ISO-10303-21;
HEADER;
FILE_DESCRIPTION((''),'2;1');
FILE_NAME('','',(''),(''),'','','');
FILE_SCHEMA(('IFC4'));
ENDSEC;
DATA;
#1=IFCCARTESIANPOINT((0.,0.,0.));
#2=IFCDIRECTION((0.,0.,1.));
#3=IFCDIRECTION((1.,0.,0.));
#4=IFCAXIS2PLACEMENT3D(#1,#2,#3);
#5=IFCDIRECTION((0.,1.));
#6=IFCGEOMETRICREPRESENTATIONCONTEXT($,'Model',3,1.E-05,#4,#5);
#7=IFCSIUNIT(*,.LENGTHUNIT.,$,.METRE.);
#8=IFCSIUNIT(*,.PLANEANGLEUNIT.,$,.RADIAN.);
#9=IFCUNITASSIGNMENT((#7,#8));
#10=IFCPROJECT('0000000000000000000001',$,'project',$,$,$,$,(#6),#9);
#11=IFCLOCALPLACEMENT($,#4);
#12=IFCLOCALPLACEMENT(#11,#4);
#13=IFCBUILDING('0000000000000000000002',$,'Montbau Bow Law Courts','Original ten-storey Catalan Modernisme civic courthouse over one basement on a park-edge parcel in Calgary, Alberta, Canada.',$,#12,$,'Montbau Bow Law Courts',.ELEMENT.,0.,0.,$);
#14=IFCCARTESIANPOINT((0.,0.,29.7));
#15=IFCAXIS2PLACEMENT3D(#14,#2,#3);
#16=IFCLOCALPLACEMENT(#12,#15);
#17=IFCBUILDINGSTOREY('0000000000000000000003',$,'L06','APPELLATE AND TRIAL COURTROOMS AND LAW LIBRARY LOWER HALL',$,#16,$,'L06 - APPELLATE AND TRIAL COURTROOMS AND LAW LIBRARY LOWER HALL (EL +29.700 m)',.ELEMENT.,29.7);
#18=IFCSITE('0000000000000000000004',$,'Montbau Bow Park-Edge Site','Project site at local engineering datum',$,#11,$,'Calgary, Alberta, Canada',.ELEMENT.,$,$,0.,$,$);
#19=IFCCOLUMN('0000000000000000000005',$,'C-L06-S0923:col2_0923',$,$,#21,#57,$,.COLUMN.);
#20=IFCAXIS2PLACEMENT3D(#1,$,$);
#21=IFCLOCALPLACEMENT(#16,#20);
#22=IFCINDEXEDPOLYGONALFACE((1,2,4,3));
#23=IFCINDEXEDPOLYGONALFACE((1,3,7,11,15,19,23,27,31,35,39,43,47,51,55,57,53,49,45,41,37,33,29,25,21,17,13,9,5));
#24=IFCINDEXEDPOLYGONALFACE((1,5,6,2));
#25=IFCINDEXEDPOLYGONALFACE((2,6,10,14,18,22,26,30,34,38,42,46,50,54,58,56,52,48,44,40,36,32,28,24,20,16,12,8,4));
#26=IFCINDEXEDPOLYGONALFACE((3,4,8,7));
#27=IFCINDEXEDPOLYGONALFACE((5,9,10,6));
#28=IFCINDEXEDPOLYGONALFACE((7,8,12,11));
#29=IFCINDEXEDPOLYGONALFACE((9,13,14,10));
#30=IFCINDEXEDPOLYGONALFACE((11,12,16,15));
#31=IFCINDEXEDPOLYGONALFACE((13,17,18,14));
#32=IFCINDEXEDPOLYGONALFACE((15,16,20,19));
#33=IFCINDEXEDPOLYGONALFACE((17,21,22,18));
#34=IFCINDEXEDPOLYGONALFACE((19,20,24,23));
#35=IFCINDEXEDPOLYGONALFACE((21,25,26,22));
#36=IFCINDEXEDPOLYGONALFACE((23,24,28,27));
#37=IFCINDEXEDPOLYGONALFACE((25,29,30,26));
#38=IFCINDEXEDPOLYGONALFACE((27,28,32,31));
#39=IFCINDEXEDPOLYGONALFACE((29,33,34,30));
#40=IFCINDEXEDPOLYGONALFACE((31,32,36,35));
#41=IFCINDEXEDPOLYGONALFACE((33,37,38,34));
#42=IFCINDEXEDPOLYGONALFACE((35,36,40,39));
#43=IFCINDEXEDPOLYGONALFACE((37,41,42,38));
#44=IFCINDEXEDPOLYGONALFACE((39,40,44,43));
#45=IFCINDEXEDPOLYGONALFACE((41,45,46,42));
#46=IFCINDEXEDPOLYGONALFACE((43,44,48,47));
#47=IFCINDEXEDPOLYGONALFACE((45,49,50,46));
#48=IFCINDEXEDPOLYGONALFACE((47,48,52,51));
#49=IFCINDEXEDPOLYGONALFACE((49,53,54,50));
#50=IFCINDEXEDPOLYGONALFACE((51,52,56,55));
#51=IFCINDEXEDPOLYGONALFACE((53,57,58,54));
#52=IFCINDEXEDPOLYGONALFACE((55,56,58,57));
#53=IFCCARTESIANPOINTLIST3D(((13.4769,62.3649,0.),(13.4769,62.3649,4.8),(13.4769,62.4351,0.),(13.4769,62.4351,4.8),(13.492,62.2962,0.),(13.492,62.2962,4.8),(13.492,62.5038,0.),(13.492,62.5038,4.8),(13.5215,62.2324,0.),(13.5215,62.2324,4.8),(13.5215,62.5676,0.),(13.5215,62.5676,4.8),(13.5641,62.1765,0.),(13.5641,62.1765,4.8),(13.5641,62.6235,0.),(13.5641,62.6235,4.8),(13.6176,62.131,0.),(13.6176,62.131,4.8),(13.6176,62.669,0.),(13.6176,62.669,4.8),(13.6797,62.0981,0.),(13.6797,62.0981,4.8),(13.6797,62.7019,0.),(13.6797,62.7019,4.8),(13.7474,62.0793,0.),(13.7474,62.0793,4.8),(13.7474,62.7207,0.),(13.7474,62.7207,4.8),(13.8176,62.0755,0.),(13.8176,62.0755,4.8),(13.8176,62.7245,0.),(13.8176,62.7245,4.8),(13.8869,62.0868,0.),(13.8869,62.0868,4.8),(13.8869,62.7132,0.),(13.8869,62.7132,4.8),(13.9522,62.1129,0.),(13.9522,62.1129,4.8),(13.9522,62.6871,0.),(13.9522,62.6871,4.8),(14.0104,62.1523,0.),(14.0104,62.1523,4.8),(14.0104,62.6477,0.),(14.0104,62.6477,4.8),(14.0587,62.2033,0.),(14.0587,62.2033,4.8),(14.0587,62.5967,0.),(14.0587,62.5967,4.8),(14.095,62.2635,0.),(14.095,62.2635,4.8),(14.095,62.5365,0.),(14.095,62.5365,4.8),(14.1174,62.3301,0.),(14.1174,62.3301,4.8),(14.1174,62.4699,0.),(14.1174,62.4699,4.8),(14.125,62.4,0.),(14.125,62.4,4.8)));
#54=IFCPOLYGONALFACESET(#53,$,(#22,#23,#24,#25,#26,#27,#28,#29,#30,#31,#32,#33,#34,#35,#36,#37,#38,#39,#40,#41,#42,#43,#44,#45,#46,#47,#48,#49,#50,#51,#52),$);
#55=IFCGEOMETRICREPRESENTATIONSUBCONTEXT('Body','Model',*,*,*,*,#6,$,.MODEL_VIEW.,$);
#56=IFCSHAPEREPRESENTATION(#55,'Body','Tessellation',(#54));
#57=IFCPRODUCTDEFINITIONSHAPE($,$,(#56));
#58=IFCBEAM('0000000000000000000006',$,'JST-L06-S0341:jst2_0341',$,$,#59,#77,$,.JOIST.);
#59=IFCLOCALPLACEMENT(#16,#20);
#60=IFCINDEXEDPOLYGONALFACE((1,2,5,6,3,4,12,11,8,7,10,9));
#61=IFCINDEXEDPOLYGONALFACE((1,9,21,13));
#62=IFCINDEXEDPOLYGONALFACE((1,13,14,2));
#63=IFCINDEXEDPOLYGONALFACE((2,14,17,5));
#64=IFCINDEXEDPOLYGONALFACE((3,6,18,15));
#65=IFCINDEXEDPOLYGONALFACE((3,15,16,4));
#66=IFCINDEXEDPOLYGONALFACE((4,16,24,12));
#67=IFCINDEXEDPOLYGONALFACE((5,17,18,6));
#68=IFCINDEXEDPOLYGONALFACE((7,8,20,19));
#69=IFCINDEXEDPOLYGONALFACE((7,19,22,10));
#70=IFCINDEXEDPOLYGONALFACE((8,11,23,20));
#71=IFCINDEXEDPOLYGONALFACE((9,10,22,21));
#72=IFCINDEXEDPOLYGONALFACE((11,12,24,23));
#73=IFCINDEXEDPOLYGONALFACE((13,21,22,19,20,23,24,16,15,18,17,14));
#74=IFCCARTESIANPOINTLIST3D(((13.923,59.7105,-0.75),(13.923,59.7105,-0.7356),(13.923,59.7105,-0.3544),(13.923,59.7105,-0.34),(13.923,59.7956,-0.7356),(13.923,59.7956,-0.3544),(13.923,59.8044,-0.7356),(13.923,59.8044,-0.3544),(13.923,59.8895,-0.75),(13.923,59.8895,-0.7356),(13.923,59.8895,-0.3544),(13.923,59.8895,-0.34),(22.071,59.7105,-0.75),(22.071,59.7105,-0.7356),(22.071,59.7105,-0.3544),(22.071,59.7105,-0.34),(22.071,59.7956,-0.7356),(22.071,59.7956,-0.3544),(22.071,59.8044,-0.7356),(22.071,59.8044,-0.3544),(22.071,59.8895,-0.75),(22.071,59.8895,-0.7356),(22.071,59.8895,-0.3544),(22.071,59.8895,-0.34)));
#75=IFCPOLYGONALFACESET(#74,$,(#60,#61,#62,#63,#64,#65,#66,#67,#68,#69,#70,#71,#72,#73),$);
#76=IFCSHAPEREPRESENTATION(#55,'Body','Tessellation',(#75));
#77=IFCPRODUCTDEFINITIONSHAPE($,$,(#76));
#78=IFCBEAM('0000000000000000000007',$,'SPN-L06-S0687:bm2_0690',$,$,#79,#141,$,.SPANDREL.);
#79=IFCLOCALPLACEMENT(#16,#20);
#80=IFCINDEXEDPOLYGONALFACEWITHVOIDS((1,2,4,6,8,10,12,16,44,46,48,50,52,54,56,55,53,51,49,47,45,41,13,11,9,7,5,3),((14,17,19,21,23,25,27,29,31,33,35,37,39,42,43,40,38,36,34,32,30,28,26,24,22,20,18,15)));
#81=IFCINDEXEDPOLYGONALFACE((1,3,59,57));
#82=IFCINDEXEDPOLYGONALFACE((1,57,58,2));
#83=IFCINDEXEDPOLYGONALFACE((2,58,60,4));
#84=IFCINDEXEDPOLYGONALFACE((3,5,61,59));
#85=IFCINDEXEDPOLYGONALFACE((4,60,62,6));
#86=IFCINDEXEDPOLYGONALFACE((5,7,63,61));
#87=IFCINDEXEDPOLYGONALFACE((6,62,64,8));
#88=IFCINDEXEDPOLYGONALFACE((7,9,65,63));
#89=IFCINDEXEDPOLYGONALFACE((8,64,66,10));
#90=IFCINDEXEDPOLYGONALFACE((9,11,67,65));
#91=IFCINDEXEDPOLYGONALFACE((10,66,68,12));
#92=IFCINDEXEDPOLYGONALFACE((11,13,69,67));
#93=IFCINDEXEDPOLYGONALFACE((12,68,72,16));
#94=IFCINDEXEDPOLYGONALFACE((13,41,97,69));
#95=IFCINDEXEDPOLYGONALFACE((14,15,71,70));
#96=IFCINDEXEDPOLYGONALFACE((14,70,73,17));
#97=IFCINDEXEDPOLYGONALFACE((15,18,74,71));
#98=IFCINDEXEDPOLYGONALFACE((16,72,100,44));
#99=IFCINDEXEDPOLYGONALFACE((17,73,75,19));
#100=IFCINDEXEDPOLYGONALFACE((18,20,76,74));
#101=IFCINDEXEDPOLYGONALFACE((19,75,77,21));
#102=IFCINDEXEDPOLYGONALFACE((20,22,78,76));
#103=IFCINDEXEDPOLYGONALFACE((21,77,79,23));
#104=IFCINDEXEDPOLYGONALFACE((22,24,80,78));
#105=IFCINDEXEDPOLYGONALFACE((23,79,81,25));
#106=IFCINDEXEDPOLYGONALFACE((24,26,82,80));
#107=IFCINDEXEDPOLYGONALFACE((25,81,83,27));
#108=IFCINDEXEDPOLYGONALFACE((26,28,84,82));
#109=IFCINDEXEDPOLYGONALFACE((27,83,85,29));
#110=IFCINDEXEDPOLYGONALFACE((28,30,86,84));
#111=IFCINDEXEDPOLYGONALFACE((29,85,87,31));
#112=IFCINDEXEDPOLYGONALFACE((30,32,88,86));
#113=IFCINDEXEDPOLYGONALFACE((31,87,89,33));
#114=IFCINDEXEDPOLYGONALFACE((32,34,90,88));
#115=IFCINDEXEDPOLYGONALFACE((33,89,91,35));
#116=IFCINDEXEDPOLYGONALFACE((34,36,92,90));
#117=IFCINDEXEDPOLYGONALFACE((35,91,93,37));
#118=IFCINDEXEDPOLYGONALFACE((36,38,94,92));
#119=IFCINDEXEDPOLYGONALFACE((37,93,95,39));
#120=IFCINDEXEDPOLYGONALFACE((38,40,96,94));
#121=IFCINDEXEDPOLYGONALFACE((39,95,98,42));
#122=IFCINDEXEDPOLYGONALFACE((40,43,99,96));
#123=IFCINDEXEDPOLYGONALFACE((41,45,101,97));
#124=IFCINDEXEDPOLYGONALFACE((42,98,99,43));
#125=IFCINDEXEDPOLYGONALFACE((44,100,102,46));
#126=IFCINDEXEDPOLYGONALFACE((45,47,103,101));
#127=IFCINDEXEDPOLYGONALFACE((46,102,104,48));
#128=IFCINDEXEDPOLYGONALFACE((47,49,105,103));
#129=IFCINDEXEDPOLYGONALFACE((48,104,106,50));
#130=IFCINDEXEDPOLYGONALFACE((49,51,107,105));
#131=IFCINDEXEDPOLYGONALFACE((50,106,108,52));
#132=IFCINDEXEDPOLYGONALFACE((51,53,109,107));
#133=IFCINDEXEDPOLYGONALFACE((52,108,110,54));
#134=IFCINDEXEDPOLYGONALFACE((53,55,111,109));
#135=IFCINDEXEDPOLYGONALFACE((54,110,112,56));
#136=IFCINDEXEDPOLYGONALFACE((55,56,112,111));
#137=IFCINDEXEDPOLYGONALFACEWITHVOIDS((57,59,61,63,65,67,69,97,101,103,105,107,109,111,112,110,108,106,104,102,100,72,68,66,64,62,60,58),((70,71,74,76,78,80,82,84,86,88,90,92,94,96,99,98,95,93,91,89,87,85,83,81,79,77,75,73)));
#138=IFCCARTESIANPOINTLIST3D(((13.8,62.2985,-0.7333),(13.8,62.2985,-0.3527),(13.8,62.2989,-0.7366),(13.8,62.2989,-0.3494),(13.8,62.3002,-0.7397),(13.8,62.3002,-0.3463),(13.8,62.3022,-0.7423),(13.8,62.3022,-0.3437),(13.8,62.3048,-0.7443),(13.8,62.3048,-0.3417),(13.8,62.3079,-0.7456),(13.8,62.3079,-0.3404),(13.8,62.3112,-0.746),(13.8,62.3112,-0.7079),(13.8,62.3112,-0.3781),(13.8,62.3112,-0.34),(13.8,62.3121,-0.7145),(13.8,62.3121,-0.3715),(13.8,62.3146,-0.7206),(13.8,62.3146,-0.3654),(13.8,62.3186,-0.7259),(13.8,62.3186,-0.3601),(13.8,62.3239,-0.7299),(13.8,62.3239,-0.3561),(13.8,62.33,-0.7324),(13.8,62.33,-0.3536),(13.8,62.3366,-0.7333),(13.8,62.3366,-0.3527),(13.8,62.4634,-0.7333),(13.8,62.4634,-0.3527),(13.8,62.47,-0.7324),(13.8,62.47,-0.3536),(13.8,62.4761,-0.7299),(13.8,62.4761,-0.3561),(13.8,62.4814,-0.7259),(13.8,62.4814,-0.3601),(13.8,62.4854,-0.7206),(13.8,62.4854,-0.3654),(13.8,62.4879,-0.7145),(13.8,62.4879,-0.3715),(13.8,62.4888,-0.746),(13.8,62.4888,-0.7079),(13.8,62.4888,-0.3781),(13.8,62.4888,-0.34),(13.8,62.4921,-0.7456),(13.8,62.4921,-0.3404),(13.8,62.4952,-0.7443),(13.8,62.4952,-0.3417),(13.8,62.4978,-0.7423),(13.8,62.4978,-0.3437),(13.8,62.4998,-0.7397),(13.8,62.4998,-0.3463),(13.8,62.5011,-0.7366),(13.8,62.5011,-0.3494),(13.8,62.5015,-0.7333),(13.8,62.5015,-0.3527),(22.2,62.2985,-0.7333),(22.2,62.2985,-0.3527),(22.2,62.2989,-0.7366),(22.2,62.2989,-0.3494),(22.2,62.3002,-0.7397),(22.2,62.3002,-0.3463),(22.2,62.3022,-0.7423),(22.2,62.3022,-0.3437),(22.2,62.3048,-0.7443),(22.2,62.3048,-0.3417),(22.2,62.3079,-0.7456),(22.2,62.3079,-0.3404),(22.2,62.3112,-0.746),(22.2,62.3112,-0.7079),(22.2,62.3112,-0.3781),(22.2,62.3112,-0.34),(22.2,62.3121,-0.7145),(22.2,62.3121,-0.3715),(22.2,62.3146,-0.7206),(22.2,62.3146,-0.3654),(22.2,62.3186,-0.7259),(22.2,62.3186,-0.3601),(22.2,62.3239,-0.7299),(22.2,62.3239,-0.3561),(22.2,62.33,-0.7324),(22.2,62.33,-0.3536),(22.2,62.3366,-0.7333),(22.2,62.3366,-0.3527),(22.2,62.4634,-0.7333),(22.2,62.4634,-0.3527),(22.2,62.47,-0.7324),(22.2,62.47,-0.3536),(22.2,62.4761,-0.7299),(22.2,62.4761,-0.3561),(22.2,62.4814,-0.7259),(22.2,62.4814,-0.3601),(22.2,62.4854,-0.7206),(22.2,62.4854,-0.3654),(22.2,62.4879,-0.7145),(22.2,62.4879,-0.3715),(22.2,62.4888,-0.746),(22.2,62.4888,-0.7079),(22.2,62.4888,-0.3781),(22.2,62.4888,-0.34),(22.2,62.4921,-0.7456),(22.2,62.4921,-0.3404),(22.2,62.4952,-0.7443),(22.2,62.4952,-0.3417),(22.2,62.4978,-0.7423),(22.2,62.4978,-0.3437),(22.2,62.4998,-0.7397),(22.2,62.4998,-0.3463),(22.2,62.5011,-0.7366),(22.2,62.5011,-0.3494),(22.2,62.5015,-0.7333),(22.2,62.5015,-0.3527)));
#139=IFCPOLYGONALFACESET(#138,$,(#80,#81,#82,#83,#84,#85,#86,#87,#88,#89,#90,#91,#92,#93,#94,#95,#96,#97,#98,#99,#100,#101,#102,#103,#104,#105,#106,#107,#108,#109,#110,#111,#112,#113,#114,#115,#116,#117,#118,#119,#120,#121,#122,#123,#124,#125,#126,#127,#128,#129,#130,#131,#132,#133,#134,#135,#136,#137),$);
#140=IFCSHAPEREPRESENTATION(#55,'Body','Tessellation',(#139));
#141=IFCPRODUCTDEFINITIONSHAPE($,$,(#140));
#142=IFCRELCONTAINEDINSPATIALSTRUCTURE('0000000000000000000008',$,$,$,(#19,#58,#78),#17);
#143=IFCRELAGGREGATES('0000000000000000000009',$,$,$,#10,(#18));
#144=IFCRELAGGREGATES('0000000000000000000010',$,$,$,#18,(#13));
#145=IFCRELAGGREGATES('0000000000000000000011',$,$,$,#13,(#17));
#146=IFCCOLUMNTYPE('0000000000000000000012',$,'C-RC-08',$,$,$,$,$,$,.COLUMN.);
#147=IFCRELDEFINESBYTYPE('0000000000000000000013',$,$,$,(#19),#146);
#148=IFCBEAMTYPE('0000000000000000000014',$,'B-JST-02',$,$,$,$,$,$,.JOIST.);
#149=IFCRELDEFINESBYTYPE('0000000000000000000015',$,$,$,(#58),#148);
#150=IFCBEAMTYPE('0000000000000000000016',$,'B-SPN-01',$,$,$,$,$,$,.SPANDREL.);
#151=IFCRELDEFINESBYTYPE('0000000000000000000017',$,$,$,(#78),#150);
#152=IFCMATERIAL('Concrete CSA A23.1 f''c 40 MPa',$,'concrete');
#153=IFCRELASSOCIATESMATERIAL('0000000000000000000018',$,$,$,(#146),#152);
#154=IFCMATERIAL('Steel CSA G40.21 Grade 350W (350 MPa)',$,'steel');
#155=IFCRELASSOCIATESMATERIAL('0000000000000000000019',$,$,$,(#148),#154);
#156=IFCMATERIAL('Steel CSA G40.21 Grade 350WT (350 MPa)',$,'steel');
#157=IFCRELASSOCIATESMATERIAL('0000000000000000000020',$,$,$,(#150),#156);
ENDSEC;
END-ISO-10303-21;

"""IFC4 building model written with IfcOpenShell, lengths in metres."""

from ifc_helpers import new_model, si_unit, direction, frame, origin_with_axes, origin_2d_with_axis, place, context, subcontext, project, spatial, hollow_rectangle, circle, i_section, extrude, material, material_profile, profile_set, type_object, element, save


model = new_model("IFC4")

# Units and contexts
model_context = context("Model", 3, precision=1e-05, world=origin_with_axes(), true_north=direction((0.0, 1.0)))
body_context = subcontext(model_context, "Body", "Model", "MODEL_VIEW")
ifc_project = project(units=[si_unit("LENGTHUNIT", "METRE"), si_unit("PLANEANGLEUNIT", "RADIAN")], contexts=[model_context])

# Site, building, storey
site_placement = place(None, origin_with_axes())
site = spatial("IfcSite", under=ifc_project, at=site_placement, Name="Montbau Bow Park-Edge Site", Description="Project site at local engineering datum", LongName="Calgary, Alberta, Canada", CompositionType="ELEMENT", RefElevation=0.0)
building_placement = place(site_placement, origin_with_axes())
building = spatial("IfcBuilding", under=site, at=building_placement, Name="Montbau Bow Law Courts", Description="Original ten-storey Catalan Modernisme civic courthouse over one basement on a park-edge parcel in Calgary, Alberta, Canada.", LongName="Montbau Bow Law Courts", CompositionType="ELEMENT", ElevationOfRefHeight=0.0, ElevationOfTerrain=0.0)
storey_placement = place(building_placement, frame((0.0, 0.0, 29.7), z_axis=(0.0, 0.0, 1.0), x_axis=(1.0, 0.0, 0.0)))
storey = spatial("IfcBuildingStorey", under=building, at=storey_placement, Name="L06", Description="APPELLATE AND TRIAL COURTROOMS AND LAW LIBRARY LOWER HALL", LongName="L06 - APPELLATE AND TRIAL COURTROOMS AND LAW LIBRARY LOWER HALL (EL +29.700 m)", CompositionType="ELEMENT", Elevation=29.7)

# Column
ifc_material_1 = material(Name="Concrete CSA A23.1 f'c 40 MPa", Category="concrete")
ifc_material_profile_1 = material_profile(ifc_material_1, circle(Radius=0.325, at=origin_2d_with_axis()), Name="RC650D", Category="Main", Priority=0)
ifc_profile_set_1 = profile_set([ifc_material_profile_1], Name="Concrete CSA A23.1 f'c 40 MPa")
column_type = type_object("IfcColumnType", Name="C-RC-08", PredefinedType="COLUMN", material=ifc_profile_set_1)
column_placement = place(None, frame((13.8, 62.4, 29.7), z_axis=(0.0, 0.0, 1.0), x_axis=(1.0, 0.0, 0.0)))
element("IfcColumn", 1, at=column_placement, inside=storey, type_object=column_type, Name="C-L06-S0923:col2_0923", PredefinedType="COLUMN", context=body_context, shape_type="SweptSolid", body=[
    extrude(circle(Radius=0.325, at=origin_2d_with_axis()), origin_with_axes(), (0.0, 0.0, 1.0), 4.8),
])

# Beams
ifc_material_2 = material(Name="Steel CSA G40.21 Grade 350W (350 MPa)", Category="steel")
ifc_material_profile_2 = material_profile(ifc_material_2, i_section(OverallWidth=0.179, OverallDepth=0.41, WebThickness=0.0088, FlangeThickness=0.0144, at=origin_2d_with_axis()), Name="W410X67", Category="Main", Priority=0)
ifc_profile_set_2 = profile_set([ifc_material_profile_2], Name="Steel CSA G40.21 Grade 350W (350 MPa)")
beam_type_1 = type_object("IfcBeamType", Name="B-JST-02", PredefinedType="JOIST", material=ifc_profile_set_2)
beam_1_placement = place(None, frame((13.923, 59.8, 29.155), z_axis=(1.0, 0.0, 0.0), x_axis=(0.0, 1.0, 0.0)))
element("IfcBeam", 2, at=beam_1_placement, inside=storey, type_object=beam_type_1, Name="JST-L06-S0341:jst2_0341", PredefinedType="JOIST", context=body_context, shape_type="SweptSolid", body=[
    extrude(i_section(OverallWidth=0.179, OverallDepth=0.41, WebThickness=0.0088, FlangeThickness=0.0144, at=origin_2d_with_axis()), origin_with_axes(), (0.0, 0.0, 1.0), 8.148),
])
ifc_material_3 = material(Name="Steel CSA G40.21 Grade 350WT (350 MPa)", Category="steel")
ifc_material_profile_3 = material_profile(ifc_material_3, hollow_rectangle(XDim=0.203, YDim=0.406, WallThickness=0.0127, InnerFilletRadius=0.0254, OuterFilletRadius=0.0127, at=origin_2d_with_axis()), Name="HSS406X203X13", Category="Main", Priority=0)
ifc_profile_set_3 = profile_set([ifc_material_profile_3], Name="Steel CSA G40.21 Grade 350WT (350 MPa)")
beam_type_2 = type_object("IfcBeamType", Name="B-SPN-01", PredefinedType="SPANDREL", material=ifc_profile_set_3)
beam_2_placement = place(None, frame((13.8, 62.4, 29.157), z_axis=(1.0, 0.0, 0.0), x_axis=(0.0, 1.0, 0.0)))
element("IfcBeam", 3, at=beam_2_placement, inside=storey, type_object=beam_type_2, Name="SPN-L06-S0687:bm2_0690", PredefinedType="SPANDREL", context=body_context, shape_type="SweptSolid", body=[
    extrude(hollow_rectangle(XDim=0.203, YDim=0.406, WallThickness=0.0127, InnerFilletRadius=0.0254, OuterFilletRadius=0.0127, at=origin_2d_with_axis()), origin_with_axes(), (0.0, 0.0, 1.0), 8.4),
])

save(model, "model.ifc")
